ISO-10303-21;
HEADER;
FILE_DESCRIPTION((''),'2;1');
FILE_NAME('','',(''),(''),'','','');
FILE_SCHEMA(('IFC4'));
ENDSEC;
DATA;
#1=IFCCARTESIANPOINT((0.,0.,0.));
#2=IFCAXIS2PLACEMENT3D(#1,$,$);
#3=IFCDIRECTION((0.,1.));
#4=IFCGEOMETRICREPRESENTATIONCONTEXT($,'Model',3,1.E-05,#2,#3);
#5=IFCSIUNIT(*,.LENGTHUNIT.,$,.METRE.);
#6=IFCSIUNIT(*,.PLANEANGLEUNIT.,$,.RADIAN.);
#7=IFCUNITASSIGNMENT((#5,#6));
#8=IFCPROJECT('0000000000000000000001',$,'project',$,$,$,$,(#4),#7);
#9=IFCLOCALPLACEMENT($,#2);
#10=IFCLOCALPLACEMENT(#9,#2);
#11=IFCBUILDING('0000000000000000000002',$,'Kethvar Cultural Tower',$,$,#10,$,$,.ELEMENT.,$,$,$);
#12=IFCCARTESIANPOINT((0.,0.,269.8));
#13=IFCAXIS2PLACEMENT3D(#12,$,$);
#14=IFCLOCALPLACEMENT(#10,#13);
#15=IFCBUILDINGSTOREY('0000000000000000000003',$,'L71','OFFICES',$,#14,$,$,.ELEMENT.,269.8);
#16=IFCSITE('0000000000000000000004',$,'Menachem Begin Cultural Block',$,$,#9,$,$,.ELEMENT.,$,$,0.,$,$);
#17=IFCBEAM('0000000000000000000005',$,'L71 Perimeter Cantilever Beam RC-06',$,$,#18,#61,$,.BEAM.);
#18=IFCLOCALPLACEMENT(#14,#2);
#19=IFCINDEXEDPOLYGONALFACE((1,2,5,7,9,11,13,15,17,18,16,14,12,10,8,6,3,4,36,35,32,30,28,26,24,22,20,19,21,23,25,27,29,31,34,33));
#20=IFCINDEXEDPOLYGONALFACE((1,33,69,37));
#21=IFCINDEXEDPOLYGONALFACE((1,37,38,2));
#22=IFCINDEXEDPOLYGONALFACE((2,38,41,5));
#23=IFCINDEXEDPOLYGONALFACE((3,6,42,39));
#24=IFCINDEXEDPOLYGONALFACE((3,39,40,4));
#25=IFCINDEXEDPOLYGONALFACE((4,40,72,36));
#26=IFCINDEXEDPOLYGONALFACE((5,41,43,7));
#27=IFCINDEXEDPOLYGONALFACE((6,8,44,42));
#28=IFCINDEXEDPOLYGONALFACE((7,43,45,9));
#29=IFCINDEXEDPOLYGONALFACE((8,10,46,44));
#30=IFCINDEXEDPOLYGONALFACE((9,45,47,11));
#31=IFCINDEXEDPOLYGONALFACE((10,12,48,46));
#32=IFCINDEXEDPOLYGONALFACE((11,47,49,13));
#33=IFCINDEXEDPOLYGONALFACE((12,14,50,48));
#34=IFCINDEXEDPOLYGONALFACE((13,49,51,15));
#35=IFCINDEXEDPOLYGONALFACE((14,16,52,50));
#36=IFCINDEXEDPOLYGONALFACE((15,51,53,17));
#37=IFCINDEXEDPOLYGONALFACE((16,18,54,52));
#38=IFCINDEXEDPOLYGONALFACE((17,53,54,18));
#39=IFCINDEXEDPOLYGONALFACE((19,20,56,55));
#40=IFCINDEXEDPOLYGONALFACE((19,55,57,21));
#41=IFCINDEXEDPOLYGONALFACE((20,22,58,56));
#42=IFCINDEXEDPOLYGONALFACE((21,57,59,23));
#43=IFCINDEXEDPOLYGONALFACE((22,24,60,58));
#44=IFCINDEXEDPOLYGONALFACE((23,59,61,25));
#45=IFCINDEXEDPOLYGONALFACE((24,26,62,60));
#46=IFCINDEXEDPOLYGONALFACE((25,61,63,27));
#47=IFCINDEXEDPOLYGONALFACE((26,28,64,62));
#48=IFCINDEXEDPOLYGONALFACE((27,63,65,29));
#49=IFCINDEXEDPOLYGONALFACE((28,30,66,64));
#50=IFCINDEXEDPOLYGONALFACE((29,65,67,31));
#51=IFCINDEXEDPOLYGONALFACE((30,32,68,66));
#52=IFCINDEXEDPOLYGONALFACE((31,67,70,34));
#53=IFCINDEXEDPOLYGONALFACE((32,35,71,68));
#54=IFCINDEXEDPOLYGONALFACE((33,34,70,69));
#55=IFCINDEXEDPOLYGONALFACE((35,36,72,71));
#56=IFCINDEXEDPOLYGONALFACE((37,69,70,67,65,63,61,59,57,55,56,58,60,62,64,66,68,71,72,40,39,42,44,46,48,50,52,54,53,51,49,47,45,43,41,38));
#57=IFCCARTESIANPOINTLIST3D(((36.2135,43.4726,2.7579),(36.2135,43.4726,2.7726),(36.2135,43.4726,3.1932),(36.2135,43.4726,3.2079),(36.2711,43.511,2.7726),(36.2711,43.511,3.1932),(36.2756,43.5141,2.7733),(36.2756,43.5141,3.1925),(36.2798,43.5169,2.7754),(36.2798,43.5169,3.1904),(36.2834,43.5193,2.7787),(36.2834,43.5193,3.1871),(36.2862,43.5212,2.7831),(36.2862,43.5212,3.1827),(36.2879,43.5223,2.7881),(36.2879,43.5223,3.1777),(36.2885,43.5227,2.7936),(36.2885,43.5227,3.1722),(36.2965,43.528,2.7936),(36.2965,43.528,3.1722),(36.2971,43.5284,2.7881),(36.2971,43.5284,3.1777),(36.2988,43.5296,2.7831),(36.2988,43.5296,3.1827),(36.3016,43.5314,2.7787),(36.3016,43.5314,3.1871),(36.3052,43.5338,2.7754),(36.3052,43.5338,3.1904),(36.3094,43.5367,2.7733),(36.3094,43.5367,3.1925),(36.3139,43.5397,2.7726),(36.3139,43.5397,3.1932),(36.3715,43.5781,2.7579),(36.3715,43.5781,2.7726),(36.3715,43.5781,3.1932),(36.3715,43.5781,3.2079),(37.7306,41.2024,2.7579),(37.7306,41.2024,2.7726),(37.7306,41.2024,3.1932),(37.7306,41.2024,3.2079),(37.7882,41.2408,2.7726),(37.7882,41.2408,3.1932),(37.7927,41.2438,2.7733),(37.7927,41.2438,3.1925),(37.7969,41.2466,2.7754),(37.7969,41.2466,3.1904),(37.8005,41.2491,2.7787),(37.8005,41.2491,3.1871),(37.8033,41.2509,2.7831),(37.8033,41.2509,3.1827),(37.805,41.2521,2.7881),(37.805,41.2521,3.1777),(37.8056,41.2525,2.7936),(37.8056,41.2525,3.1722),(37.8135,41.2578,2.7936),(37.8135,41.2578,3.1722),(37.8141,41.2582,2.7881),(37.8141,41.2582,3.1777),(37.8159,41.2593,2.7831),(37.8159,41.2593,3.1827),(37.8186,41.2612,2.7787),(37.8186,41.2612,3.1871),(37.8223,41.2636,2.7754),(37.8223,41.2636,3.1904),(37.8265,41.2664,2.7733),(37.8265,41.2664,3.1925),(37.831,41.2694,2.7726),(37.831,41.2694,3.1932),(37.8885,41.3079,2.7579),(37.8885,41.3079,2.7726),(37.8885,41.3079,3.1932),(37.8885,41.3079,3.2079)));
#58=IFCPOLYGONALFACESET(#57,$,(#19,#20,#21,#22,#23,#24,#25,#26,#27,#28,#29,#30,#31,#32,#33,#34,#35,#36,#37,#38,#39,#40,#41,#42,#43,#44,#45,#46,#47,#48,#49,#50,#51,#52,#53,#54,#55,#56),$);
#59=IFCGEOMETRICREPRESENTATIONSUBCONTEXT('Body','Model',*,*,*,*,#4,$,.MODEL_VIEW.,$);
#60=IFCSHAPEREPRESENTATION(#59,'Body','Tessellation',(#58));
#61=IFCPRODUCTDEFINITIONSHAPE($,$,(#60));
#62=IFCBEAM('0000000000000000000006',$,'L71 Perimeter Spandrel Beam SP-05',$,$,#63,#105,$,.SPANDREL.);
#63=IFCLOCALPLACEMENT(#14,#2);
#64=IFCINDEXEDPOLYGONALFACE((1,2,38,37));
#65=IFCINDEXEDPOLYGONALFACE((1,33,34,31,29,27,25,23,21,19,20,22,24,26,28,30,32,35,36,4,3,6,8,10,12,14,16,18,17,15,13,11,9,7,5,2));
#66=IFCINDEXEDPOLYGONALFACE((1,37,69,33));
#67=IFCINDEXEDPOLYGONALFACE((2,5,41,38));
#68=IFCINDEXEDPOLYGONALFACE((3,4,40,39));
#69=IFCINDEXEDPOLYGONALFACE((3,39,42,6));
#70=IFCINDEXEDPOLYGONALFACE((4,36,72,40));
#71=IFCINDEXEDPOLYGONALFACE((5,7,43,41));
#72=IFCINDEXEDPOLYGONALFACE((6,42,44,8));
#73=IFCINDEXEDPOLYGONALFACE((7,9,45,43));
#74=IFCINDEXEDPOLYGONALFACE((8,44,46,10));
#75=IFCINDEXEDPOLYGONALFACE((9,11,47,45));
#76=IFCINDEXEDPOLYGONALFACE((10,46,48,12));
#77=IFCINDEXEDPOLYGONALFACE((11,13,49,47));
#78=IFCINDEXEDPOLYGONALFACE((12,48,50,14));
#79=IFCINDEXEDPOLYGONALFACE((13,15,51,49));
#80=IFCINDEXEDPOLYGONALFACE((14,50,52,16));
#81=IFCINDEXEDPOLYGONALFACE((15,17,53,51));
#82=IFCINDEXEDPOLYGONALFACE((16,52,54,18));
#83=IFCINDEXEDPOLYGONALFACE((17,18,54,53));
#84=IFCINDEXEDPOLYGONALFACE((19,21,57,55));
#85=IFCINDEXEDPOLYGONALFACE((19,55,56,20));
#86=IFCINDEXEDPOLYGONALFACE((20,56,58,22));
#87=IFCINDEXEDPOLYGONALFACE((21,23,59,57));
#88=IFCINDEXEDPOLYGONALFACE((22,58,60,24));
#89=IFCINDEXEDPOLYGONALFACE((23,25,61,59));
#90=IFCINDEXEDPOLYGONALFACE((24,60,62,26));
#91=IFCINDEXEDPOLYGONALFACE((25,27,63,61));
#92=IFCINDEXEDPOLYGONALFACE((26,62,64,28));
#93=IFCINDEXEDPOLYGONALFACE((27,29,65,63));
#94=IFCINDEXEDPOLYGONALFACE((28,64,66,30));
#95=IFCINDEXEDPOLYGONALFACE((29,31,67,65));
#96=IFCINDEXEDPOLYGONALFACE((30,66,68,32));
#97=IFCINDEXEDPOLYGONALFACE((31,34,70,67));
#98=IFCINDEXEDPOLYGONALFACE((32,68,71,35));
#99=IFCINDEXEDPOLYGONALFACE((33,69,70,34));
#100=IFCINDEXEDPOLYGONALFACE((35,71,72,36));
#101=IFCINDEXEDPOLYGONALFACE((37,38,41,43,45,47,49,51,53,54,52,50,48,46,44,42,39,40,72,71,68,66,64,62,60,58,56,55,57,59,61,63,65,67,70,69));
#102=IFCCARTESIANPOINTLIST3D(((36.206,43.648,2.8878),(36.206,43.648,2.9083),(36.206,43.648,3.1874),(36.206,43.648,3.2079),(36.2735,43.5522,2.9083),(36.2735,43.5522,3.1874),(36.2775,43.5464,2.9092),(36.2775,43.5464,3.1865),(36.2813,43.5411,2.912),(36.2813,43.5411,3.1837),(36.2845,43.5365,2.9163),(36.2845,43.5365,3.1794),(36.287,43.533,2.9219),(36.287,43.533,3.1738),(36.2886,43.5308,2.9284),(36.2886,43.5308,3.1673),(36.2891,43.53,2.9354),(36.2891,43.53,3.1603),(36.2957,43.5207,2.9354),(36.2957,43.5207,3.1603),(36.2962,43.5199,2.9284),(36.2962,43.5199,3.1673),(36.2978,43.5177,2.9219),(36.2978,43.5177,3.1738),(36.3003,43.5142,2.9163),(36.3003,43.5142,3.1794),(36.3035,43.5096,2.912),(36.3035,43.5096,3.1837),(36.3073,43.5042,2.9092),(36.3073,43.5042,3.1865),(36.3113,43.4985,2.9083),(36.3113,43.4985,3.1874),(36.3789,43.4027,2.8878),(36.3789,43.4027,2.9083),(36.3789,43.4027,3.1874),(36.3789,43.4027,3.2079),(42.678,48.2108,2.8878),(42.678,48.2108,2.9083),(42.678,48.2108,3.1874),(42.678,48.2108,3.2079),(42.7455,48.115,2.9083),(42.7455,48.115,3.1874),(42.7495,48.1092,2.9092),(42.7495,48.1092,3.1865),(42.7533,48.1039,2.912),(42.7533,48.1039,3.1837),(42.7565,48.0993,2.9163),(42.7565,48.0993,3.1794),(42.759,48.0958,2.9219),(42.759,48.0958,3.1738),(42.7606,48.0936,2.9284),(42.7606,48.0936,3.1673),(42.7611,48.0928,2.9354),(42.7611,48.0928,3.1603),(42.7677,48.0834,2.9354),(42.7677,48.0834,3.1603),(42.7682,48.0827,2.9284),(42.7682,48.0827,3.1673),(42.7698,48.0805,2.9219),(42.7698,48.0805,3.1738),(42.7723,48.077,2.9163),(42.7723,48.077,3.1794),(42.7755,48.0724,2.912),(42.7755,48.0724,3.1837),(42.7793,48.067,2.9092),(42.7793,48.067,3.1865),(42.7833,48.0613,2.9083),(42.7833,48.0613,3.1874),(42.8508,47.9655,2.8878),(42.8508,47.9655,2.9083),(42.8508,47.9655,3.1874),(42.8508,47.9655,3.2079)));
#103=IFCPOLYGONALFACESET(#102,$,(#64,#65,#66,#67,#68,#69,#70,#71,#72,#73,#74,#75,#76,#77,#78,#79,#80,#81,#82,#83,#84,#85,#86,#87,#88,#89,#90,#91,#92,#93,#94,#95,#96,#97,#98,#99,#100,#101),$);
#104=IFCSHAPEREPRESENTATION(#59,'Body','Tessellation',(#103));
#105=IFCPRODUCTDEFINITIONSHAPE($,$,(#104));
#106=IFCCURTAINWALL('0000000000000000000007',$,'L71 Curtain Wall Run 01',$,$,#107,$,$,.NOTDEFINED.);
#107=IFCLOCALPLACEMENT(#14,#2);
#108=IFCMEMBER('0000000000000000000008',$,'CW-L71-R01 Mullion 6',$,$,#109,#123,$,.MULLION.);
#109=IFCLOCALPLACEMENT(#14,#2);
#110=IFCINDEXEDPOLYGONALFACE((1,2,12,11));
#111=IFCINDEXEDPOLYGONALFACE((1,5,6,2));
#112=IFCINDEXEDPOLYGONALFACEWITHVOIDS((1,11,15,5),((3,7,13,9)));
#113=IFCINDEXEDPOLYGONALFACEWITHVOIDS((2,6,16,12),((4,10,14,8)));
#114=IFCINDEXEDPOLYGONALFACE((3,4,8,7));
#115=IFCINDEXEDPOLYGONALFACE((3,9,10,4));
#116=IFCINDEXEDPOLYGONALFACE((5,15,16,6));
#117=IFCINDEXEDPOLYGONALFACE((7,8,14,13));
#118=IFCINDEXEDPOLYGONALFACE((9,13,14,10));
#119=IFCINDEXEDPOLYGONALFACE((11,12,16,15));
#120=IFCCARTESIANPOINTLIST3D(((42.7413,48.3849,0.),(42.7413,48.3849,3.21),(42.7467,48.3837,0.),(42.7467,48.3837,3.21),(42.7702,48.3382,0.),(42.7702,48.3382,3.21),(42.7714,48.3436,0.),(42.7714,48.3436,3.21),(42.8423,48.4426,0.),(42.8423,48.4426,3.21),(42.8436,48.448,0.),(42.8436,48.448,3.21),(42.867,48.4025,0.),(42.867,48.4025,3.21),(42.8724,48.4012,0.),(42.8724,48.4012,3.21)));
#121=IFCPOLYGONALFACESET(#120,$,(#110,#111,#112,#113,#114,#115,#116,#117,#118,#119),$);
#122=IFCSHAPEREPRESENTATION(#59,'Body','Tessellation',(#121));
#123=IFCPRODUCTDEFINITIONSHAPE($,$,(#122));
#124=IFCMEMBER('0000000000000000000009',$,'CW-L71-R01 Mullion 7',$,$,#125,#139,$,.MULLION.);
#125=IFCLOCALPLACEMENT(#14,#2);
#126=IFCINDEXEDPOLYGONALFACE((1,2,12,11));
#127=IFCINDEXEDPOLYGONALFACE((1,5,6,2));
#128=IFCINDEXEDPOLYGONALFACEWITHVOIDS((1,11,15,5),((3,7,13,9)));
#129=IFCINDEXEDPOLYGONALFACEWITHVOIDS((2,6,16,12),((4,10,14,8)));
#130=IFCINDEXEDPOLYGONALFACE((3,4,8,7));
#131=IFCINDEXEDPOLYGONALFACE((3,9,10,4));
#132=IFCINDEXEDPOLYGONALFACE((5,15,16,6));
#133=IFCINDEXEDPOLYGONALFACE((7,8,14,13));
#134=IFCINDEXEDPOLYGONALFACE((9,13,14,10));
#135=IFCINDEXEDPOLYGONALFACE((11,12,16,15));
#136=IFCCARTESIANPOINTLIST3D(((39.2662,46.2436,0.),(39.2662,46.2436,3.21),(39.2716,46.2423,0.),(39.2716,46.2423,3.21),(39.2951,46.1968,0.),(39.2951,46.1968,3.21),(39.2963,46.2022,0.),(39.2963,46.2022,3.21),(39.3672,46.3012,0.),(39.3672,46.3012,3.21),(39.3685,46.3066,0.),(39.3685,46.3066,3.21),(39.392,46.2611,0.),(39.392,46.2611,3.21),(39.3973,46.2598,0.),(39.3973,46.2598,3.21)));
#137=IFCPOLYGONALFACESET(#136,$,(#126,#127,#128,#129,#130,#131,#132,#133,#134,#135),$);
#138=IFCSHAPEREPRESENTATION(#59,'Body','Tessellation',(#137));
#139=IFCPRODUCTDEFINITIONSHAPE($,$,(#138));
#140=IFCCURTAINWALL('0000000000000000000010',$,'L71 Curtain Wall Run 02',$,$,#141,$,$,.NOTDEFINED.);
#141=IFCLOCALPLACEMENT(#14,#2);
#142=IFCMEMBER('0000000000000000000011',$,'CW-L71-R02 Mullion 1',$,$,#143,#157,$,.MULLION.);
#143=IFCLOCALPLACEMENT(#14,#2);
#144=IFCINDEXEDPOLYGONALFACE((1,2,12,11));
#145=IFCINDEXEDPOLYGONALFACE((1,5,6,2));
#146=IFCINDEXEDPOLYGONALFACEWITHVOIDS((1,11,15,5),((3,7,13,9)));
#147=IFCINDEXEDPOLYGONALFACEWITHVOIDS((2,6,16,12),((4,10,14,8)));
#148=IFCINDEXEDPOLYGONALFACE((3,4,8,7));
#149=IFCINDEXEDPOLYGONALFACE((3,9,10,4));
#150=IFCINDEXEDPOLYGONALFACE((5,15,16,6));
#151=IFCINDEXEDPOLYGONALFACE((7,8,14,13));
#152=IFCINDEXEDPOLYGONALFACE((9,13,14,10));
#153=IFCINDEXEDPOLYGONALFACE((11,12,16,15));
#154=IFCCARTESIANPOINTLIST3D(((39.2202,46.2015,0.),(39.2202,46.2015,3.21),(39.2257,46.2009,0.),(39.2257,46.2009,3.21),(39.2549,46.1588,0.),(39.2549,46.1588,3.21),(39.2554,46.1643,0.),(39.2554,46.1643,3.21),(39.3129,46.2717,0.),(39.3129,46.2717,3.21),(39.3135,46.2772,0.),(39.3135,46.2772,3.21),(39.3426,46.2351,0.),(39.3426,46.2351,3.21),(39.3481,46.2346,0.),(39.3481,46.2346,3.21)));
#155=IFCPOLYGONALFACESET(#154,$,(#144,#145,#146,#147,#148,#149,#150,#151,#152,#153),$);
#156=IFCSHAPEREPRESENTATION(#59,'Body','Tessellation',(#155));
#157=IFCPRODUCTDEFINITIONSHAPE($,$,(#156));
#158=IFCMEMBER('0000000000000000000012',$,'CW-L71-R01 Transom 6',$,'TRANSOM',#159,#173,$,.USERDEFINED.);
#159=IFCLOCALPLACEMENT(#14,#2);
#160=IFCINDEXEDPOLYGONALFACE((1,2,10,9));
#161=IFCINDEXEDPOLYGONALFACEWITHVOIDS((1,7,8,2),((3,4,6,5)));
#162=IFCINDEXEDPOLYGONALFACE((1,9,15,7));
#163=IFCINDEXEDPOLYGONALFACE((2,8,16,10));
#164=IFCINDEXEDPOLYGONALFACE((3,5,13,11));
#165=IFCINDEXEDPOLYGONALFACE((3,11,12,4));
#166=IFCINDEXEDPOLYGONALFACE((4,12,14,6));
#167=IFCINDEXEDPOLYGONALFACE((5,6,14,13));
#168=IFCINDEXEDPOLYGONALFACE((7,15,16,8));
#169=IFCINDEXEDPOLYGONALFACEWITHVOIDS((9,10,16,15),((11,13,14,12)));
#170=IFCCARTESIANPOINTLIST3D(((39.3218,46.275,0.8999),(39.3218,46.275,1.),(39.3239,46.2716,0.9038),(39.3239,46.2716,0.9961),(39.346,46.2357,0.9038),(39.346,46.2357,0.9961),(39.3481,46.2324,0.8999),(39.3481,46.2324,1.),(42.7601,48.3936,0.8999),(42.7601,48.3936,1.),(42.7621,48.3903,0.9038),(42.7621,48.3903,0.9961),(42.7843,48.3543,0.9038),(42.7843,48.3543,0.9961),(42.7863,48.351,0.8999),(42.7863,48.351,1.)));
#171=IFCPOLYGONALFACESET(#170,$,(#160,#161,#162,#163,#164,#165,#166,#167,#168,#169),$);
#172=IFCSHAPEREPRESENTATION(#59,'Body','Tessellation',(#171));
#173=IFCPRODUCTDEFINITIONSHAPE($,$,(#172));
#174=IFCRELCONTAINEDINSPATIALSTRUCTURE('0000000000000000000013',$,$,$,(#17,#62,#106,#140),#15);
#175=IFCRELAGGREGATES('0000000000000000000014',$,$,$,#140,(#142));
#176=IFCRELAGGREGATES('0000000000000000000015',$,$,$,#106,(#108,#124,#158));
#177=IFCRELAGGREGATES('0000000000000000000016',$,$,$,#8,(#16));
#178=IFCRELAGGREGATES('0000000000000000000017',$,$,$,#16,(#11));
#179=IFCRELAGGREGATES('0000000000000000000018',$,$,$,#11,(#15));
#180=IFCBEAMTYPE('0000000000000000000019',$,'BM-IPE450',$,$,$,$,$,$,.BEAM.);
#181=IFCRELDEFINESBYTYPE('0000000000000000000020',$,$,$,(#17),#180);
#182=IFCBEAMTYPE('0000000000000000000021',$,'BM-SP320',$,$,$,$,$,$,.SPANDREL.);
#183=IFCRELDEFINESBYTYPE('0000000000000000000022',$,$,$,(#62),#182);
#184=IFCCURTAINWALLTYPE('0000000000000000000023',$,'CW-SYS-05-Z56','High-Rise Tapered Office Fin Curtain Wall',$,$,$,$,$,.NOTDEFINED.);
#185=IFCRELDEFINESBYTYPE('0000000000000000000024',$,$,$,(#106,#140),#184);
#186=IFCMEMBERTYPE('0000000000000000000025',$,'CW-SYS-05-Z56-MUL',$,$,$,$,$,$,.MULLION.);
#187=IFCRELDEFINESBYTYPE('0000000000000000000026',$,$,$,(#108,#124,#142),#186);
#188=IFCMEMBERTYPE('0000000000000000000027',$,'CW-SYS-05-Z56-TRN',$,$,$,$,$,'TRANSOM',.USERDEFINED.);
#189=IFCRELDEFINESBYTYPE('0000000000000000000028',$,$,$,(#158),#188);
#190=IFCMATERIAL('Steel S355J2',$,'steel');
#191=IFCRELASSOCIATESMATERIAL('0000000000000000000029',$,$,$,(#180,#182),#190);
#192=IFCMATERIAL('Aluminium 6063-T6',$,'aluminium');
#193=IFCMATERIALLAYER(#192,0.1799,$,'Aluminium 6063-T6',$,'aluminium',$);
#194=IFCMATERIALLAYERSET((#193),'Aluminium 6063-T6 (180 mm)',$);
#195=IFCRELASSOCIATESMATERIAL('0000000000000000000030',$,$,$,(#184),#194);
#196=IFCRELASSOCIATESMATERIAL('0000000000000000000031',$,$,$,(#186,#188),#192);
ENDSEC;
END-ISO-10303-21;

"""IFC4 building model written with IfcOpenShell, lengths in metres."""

from ifc_helpers import new_model, si_unit, direction, frame, origin, origin_2d, place, context, subcontext, project, spatial, hollow_rectangle, i_section, extrude, source, transform, mapped, material, layer, layer_set, material_profile, profile_set, type_object, element, aggregate, save


model = new_model("IFC4")

# Units and contexts
model_context = context("Model", 3, precision=1e-05, world=origin(), true_north=direction((0.0, 1.0)))
body_context = subcontext(model_context, "Body", "Model", "MODEL_VIEW")
ifc_project = project(units=[si_unit("LENGTHUNIT", "METRE"), si_unit("PLANEANGLEUNIT", "RADIAN")], contexts=[model_context])

# Site, building, storey
site_placement = place(None, origin())
site = spatial("IfcSite", under=ifc_project, at=site_placement, Name="Menachem Begin Cultural Block", CompositionType="ELEMENT", RefElevation=0.0)
building_placement = place(site_placement, origin())
building = spatial("IfcBuilding", under=site, at=building_placement, Name="Kethvar Cultural Tower", CompositionType="ELEMENT")
storey_placement = place(building_placement, frame((0.0, 0.0, 269.8)))
storey = spatial("IfcBuildingStorey", under=building, at=storey_placement, Name="L71", Description="OFFICES", CompositionType="ELEMENT", Elevation=269.8)

# Shared definitions
ifc_material_1 = material(Name="Steel S355J2", Category="steel")

# Beams
ifc_material_profile_1 = material_profile(ifc_material_1, i_section(OverallWidth=0.1899, OverallDepth=0.45, WebThickness=0.0095, FlangeThickness=0.0146, FilletRadius=0.021, at=origin_2d()), Name="Steel S355J2 — IPE450")
ifc_profile_set_1 = profile_set([ifc_material_profile_1], Name="Steel S355J2 — IPE450")
beam_type_1 = type_object("IfcBeamType", Name="BM-IPE450", PredefinedType="BEAM", material=ifc_profile_set_1)
shared_shape_1 = source(origin(), body_context, "Body", "SweptSolid", [
    extrude(i_section(OverallWidth=0.1899, OverallDepth=0.45, WebThickness=0.0095, FlangeThickness=0.0146, FilletRadius=0.021, at=origin_2d()), origin(), (0.0, 0.0, 1.0), 2.7305),
])
beam_1_placement = place(storey_placement, frame((37.8096, 41.2551, 2.9829), z_axis=(-0.555608, 0.831445, 0.0), x_axis=(-0.831445, -0.555608, 0.0)))
element("IfcBeam", 1, at=beam_1_placement, inside=storey, type_object=beam_type_1, Name="L71 Perimeter Cantilever Beam RC-06", PredefinedType="BEAM", context=body_context, shape_type="MappedRepresentation", body=[
    mapped(shared_shape_1, transform((0.0, 0.0, 0.0), scale=1.0)),
])
ifc_material_profile_2 = material_profile(ifc_material_1, i_section(OverallWidth=0.3, OverallDepth=0.3201, WebThickness=0.0115, FlangeThickness=0.0205, FilletRadius=0.0271, at=origin_2d()), Name="Steel S355J2 — HEB320")
ifc_profile_set_2 = profile_set([ifc_material_profile_2], Name="Steel S355J2 — HEB320")
beam_type_2 = type_object("IfcBeamType", Name="BM-SP320", PredefinedType="SPANDREL", material=ifc_profile_set_2)
shared_shape_2 = source(origin(), body_context, "Body", "SweptSolid", [
    extrude(i_section(OverallWidth=0.3, OverallDepth=0.3201, WebThickness=0.0115, FlangeThickness=0.0205, FilletRadius=0.0271, at=origin_2d()), origin(), (0.0, 0.0, 1.0), 7.9187),
])
beam_2_placement = place(storey_placement, frame((42.7644, 48.0881, 3.0479), z_axis=(-0.817305, -0.576205, 0.0), x_axis=(0.576205, -0.817305, 0.0)))
element("IfcBeam", 2, at=beam_2_placement, inside=storey, type_object=beam_type_2, Name="L71 Perimeter Spandrel Beam SP-05", PredefinedType="SPANDREL", context=body_context, shape_type="MappedRepresentation", body=[
    mapped(shared_shape_2, transform((0.0, 0.0, 0.0), scale=1.0)),
])

# Curtain wall, members
ifc_material_2 = material(Name="Aluminium 6063-T6", Category="aluminium")
ifc_layer_1 = layer(ifc_material_2, 0.1799, Name="Aluminium 6063-T6", Category="aluminium")
ifc_layer_set_1 = layer_set([ifc_layer_1], Name="Aluminium 6063-T6 (180 mm)")
curtain_wall_type = type_object("IfcCurtainWallType", Name="CW-SYS-05-Z56", Description="High-Rise Tapered Office Fin Curtain Wall", PredefinedType="NOTDEFINED", material=ifc_layer_set_1)
curtain_wall_1_placement = place(storey_placement, origin())
curtain_wall_1 = element("IfcCurtainWall", 3, at=curtain_wall_1_placement, inside=storey, type_object=curtain_wall_type, Name="L71 Curtain Wall Run 01", PredefinedType="NOTDEFINED")
ifc_material_profile_3 = material_profile(ifc_material_2, hollow_rectangle(XDim=0.0549, YDim=0.1201, WallThickness=0.0039, at=origin_2d()), Name="Aluminium 6063-T6 — RHS120x55x4")
ifc_profile_set_3 = profile_set([ifc_material_profile_3], Name="Aluminium 6063-T6 — RHS120x55x4")
member_type_1 = type_object("IfcMemberType", Name="CW-SYS-05-Z56-MUL", PredefinedType="MULLION", material=ifc_profile_set_3)
shared_shape_3 = source(origin(), body_context, "Body", "SweptSolid", [
    extrude(hollow_rectangle(XDim=0.0549, YDim=0.1201, WallThickness=0.0039, at=origin_2d()), origin(), (0.0, 0.0, 1.0), 3.21),
])
member_1_placement = place(storey_placement, frame((42.8069, 48.3931, 0.0), z_axis=(0.0, 0.0, 1.0), x_axis=(0.524595, -0.851352, 0.0)))
member_1 = element("IfcMember", 4, at=member_1_placement, type_object=member_type_1, Name="CW-L71-R01 Mullion 6", PredefinedType="MULLION", context=body_context, shape_type="MappedRepresentation", body=[
    mapped(shared_shape_3, transform((0.0, 0.0, 0.0), scale=1.0)),
])
member_2_placement = place(storey_placement, frame((39.3318, 46.2517, 0.0), z_axis=(0.0, 0.0, 1.0), x_axis=(0.524595, -0.851352, 0.0)))
member_2 = element("IfcMember", 5, at=member_2_placement, type_object=member_type_1, Name="CW-L71-R01 Mullion 7", PredefinedType="MULLION", context=body_context, shape_type="MappedRepresentation", body=[
    mapped(shared_shape_3, transform((0.0, 0.0, 0.0), scale=1.0)),
])

# Curtain wall, member
curtain_wall_2_placement = place(storey_placement, origin())
curtain_wall_2 = element("IfcCurtainWall", 6, at=curtain_wall_2_placement, inside=storey, type_object=curtain_wall_type, Name="L71 Curtain Wall Run 02", PredefinedType="NOTDEFINED")
member_3_placement = place(storey_placement, frame((39.2842, 46.218, 0.0), z_axis=(0.0, 0.0, 1.0), x_axis=(0.630486, -0.7762, 0.0)))
member_3 = element("IfcMember", 7, at=member_3_placement, type_object=member_type_1, Name="CW-L71-R02 Mullion 1", PredefinedType="MULLION", context=body_context, shape_type="MappedRepresentation", body=[
    mapped(shared_shape_3, transform((0.0, 0.0, 0.0), scale=1.0)),
])

# Member
ifc_material_profile_4 = material_profile(ifc_material_2, hollow_rectangle(XDim=0.05, YDim=0.1001, WallThickness=0.0039, at=origin_2d()), Name="Aluminium 6063-T6 — RHS100x50x4")
ifc_profile_set_4 = profile_set([ifc_material_profile_4], Name="Aluminium 6063-T6 — RHS100x50x4")
member_type_2 = type_object("IfcMemberType", Name="CW-SYS-05-Z56-TRN", ElementType="TRANSOM", PredefinedType="USERDEFINED", material=ifc_profile_set_4)
shared_shape_4 = source(origin(), body_context, "Body", "SweptSolid", [
    extrude(hollow_rectangle(XDim=0.05, YDim=0.1001, WallThickness=0.0039, at=origin_2d()), origin(), (0.0, 0.0, 1.0), 4.0386),
])
member_4_placement = place(storey_placement, frame((42.7732, 48.3723, 0.95), z_axis=(-0.851347, -0.524603, 0.0), x_axis=(0.524603, -0.851347, 0.0)))
member_4 = element("IfcMember", 8, at=member_4_placement, type_object=member_type_2, Name="CW-L71-R01 Transom 6", ObjectType="TRANSOM", PredefinedType="USERDEFINED", context=body_context, shape_type="MappedRepresentation", body=[
    mapped(shared_shape_4, transform((0.0, 0.0, 0.0), scale=1.0)),
])
aggregate(curtain_wall_2, [member_3])

aggregate(curtain_wall_1, [member_1, member_2, member_4])

save(model, "model.ifc")
